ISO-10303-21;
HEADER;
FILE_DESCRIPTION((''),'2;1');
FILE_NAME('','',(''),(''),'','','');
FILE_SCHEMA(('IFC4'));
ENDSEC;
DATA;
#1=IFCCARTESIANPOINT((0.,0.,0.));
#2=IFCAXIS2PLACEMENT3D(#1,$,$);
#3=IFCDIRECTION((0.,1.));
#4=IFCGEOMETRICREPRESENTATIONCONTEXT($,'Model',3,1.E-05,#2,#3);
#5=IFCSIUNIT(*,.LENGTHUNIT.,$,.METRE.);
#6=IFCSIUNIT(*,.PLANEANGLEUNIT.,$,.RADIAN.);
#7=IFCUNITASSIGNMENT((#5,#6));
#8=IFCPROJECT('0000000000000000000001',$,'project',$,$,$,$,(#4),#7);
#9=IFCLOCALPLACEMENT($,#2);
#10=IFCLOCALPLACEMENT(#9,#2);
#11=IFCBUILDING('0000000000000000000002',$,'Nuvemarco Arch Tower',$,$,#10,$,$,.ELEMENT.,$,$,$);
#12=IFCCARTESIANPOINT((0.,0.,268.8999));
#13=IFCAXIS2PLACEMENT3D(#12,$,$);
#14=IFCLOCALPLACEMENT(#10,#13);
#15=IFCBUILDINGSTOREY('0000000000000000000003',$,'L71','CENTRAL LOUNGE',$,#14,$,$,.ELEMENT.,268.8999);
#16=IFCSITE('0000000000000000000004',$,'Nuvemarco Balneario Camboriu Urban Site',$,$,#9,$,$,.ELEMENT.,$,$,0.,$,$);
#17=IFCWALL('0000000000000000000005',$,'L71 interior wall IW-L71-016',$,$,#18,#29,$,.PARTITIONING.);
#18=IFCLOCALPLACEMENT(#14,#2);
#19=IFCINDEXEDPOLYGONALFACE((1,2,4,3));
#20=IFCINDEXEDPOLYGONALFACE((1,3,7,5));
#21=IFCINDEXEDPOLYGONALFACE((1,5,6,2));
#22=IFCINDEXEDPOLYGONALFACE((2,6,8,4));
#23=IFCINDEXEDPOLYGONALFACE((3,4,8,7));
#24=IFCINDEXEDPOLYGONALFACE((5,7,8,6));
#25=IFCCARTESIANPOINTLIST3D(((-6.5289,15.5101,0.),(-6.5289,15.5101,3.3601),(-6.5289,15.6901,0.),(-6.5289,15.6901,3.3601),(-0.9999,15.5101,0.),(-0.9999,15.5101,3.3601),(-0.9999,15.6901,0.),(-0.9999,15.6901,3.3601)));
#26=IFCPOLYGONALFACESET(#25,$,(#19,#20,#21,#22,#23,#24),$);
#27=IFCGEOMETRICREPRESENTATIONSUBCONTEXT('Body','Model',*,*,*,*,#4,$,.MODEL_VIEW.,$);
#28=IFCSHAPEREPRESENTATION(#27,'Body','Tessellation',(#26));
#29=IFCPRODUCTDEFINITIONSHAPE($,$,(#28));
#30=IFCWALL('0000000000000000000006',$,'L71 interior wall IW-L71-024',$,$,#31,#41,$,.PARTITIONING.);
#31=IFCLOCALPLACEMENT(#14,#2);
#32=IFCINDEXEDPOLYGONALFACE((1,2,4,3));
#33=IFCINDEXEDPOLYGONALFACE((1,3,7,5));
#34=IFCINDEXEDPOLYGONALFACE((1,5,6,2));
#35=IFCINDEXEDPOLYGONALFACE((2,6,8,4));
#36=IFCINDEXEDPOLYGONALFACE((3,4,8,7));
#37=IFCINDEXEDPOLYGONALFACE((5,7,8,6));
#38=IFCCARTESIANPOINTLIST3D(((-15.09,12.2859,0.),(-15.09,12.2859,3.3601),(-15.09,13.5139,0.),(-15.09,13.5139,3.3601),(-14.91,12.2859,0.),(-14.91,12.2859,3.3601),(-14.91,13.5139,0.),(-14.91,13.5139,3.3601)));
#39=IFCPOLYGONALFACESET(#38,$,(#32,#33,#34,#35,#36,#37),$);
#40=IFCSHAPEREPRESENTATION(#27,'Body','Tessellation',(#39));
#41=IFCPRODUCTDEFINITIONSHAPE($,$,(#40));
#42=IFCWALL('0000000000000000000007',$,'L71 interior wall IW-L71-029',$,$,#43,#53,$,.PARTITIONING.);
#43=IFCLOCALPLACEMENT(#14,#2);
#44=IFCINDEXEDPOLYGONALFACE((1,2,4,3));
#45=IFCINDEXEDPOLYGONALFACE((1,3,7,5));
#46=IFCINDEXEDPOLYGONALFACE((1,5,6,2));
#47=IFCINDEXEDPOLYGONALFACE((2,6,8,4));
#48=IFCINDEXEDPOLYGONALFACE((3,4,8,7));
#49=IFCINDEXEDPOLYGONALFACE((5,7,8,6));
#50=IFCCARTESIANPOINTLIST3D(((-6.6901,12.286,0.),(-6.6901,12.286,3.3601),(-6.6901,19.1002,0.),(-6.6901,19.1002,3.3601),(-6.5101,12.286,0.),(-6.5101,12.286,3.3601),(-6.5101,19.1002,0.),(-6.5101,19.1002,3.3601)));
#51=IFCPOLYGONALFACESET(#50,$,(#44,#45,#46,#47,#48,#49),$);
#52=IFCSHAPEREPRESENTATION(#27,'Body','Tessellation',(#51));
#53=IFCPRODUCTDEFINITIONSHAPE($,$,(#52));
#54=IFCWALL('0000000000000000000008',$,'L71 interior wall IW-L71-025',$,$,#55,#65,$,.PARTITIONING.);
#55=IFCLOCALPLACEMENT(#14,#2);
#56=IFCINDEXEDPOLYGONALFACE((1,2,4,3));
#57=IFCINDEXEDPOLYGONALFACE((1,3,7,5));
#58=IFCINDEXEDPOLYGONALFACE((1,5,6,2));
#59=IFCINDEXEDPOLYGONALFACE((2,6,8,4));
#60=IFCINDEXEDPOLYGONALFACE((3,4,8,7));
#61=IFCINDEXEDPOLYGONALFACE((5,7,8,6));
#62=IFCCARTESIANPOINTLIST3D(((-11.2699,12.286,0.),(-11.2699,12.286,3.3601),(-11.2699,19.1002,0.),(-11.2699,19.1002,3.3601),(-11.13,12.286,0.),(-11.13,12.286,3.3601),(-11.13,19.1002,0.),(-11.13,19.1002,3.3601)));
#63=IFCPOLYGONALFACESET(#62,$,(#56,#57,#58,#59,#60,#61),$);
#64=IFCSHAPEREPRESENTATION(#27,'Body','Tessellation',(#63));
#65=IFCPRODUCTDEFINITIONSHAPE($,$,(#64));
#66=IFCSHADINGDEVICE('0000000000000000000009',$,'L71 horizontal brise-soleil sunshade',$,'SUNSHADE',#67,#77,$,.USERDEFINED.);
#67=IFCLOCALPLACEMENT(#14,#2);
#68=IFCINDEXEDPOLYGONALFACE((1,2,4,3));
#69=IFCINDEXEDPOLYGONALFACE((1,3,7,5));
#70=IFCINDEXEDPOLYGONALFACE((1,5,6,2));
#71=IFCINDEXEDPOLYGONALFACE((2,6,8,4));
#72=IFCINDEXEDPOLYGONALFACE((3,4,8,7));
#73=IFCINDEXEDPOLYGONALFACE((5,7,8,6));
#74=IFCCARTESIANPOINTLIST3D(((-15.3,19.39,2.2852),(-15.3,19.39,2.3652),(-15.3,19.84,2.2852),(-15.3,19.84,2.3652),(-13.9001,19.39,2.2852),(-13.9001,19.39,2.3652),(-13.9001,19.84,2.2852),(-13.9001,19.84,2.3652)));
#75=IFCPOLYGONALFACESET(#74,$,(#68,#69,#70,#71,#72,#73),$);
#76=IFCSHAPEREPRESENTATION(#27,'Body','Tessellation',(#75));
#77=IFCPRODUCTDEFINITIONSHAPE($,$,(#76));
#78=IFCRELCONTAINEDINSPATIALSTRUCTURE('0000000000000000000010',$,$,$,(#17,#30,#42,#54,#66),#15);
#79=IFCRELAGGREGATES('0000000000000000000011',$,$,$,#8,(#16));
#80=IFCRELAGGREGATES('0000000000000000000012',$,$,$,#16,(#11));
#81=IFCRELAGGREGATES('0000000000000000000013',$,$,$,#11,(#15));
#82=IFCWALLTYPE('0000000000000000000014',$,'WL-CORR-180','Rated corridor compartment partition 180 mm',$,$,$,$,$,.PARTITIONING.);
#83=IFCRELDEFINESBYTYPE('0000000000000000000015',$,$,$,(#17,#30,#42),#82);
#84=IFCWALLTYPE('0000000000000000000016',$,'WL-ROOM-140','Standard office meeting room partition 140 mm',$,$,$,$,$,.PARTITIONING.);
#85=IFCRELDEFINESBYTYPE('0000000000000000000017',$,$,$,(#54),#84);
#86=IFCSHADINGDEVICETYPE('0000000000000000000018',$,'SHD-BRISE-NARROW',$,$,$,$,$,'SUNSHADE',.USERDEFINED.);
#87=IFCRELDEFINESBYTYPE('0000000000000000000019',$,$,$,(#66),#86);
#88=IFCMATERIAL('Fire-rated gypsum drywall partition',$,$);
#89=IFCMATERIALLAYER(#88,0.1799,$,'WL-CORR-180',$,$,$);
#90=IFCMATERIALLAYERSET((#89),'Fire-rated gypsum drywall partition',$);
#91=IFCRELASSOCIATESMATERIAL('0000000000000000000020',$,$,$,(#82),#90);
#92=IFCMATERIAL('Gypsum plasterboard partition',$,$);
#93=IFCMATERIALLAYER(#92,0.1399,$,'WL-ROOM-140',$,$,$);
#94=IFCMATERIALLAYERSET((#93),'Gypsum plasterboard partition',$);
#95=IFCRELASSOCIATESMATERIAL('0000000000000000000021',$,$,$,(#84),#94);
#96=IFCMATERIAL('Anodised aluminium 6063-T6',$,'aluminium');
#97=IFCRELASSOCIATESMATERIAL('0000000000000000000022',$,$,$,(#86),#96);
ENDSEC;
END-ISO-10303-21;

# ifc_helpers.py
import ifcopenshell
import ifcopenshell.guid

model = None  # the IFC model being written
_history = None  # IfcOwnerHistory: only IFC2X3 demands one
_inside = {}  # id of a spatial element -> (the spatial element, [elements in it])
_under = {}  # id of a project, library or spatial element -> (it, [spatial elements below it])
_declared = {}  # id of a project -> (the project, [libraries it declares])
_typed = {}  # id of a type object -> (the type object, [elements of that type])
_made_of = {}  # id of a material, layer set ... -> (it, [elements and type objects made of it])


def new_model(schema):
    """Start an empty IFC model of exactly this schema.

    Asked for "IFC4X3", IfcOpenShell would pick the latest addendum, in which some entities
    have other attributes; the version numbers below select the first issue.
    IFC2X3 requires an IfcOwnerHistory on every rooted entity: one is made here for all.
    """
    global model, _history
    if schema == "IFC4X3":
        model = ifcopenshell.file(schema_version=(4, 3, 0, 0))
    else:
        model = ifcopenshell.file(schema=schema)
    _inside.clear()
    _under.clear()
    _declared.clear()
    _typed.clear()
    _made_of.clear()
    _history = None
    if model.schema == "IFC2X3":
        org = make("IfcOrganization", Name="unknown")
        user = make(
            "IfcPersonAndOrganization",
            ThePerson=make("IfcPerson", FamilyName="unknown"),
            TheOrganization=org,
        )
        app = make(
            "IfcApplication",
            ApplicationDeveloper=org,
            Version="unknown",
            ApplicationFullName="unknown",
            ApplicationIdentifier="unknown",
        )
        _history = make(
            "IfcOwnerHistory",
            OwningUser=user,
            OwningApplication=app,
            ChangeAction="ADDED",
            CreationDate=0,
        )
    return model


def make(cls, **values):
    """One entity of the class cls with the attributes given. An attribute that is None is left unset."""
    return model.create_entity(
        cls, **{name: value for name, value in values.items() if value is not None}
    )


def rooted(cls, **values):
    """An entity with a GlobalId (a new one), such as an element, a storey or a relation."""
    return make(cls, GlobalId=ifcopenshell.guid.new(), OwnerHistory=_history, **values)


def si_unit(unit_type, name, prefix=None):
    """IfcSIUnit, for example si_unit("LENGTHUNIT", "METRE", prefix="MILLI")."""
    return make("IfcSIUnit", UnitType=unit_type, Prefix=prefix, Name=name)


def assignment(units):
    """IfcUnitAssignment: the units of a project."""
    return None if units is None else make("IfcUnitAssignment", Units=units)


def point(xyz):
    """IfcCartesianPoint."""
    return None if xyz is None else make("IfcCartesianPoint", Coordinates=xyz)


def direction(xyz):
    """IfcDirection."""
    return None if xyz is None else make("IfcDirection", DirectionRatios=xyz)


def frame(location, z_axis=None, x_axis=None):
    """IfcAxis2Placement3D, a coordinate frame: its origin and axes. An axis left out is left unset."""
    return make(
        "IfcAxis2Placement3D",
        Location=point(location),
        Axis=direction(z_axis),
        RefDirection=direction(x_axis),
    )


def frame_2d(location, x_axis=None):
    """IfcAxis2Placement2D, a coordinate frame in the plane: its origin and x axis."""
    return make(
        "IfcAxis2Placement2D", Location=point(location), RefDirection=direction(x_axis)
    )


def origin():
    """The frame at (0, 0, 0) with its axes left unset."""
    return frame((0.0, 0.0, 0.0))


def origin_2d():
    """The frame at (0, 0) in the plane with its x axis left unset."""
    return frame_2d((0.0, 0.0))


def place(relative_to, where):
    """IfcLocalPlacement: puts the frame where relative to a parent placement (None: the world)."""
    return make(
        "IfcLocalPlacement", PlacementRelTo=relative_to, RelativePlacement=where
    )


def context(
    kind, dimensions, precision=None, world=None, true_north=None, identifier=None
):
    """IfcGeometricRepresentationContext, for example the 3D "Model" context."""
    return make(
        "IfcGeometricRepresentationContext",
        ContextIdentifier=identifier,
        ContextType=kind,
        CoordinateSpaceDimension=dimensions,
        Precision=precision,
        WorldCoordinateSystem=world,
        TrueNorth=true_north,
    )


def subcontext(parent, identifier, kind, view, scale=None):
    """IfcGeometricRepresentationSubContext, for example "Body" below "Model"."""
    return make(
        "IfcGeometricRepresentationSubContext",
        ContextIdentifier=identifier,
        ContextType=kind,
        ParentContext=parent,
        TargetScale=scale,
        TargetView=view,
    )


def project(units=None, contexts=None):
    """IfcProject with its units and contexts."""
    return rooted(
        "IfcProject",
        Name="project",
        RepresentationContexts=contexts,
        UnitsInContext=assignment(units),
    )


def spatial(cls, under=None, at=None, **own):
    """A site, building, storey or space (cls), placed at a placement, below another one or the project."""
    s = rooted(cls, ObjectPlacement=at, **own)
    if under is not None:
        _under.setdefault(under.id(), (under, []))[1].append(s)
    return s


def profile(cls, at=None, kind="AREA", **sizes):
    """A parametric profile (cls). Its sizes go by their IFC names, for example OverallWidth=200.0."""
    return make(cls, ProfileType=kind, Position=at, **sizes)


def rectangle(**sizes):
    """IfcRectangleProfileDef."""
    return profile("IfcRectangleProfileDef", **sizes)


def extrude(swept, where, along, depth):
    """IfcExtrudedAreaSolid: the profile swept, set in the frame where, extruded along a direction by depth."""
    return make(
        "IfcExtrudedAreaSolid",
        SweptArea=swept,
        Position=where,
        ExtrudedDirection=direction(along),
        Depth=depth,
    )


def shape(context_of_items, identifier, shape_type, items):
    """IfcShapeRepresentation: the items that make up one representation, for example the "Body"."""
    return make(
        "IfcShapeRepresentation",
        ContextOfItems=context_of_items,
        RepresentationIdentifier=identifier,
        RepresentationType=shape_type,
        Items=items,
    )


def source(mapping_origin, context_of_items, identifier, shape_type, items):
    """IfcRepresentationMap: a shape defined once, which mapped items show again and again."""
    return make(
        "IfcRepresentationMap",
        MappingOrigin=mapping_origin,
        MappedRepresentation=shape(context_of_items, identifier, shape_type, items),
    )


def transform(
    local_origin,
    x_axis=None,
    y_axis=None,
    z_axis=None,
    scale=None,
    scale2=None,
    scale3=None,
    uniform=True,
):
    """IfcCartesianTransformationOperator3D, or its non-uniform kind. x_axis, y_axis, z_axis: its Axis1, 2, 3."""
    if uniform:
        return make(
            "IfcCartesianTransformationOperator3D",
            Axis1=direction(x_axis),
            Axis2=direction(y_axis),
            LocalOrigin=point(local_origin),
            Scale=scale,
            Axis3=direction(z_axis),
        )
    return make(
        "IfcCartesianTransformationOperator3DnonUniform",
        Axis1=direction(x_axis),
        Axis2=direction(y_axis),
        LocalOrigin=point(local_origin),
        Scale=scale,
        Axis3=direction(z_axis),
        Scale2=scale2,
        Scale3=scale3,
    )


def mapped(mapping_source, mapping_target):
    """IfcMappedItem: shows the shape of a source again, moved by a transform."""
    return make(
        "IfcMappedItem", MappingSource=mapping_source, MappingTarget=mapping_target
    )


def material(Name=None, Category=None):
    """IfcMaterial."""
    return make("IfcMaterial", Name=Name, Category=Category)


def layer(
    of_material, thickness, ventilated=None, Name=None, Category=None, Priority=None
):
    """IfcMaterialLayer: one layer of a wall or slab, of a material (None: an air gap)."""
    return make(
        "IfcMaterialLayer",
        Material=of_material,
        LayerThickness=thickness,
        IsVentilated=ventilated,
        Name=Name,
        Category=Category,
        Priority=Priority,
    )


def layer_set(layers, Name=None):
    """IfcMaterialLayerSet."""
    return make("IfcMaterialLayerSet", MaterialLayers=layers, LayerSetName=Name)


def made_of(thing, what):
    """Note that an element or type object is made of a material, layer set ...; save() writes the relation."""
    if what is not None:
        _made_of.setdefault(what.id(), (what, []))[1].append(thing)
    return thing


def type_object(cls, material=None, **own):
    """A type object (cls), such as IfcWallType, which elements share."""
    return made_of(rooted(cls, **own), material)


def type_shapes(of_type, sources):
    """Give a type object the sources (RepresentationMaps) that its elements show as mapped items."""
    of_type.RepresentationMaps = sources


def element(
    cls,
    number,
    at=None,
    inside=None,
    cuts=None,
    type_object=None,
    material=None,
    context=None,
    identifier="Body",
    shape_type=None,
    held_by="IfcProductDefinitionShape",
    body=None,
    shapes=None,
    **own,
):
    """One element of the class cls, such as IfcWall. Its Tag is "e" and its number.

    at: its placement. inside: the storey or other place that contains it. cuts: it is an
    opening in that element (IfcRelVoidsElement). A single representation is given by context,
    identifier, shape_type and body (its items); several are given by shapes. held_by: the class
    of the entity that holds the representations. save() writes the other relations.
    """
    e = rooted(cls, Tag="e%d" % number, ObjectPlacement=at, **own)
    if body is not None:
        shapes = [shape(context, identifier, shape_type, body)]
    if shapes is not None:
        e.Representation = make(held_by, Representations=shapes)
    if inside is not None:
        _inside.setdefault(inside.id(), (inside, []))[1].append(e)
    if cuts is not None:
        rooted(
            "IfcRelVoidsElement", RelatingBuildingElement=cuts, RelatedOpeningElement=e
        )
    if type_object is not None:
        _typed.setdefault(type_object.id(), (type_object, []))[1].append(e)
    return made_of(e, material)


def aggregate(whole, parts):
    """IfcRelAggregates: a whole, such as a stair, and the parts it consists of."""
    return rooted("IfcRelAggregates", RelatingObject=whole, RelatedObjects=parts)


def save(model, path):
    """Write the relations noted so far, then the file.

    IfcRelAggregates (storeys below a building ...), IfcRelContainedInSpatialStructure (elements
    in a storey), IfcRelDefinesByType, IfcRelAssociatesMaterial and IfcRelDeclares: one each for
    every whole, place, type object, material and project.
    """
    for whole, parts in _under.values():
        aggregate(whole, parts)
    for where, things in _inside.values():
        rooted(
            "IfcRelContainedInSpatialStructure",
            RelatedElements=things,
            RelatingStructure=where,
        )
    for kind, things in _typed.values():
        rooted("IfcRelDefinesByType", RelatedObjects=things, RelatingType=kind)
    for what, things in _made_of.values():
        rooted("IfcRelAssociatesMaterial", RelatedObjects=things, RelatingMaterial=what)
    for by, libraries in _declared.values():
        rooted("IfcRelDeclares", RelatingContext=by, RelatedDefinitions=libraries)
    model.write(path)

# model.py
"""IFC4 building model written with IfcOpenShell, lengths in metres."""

from ifc_helpers import new_model, si_unit, direction, frame, frame_2d, origin, origin_2d, place, context, subcontext, project, spatial, rectangle, extrude, source, transform, mapped, material, layer, layer_set, type_object, type_shapes, element, save


model = new_model("IFC4")

# Units and contexts
model_context = context("Model", 3, precision=1e-05, world=origin(), true_north=direction((0.0, 1.0)))
body_context = subcontext(model_context, "Body", "Model", "MODEL_VIEW")
ifc_project = project(units=[si_unit("LENGTHUNIT", "METRE"), si_unit("PLANEANGLEUNIT", "RADIAN")], contexts=[model_context])

# Site, building, storey
site_placement = place(None, origin())
site = spatial("IfcSite", under=ifc_project, at=site_placement, Name="Nuvemarco Balneario Camboriu Urban Site", CompositionType="ELEMENT", RefElevation=0.0)
building_placement = place(site_placement, origin())
building = spatial("IfcBuilding", under=site, at=building_placement, Name="Nuvemarco Arch Tower", CompositionType="ELEMENT")
storey_placement = place(building_placement, frame((0.0, 0.0, 268.8999)))
storey = spatial("IfcBuildingStorey", under=building, at=storey_placement, Name="L71", Description="CENTRAL LOUNGE", CompositionType="ELEMENT", Elevation=268.8999)

# Shared definitions
ifc_material_1 = material(Name="Fire-rated gypsum drywall partition")
ifc_layer_1 = layer(ifc_material_1, 0.1799, Name="WL-CORR-180")
ifc_layer_set_1 = layer_set([ifc_layer_1], Name="Fire-rated gypsum drywall partition")
wall_type_1 = type_object("IfcWallType", Name="WL-CORR-180", Description="Rated corridor compartment partition 180 mm", PredefinedType="PARTITIONING", material=ifc_layer_set_1)

# Walls
wall_1_placement = place(storey_placement, frame((-6.5291, 15.6001, 0.0), z_axis=(0.0, 0.0, 1.0), x_axis=(1.0, 0.0, 0.0)))
element("IfcWall", 1, at=wall_1_placement, inside=storey, type_object=wall_type_1, Name="L71 interior wall IW-L71-016", PredefinedType="PARTITIONING", context=body_context, shape_type="SweptSolid", body=[
    extrude(rectangle(XDim=5.5291, YDim=0.1799, at=frame_2d((2.7646, 0.0))), origin(), (0.0, 0.0, 1.0), 3.3601),
])
wall_2_placement = place(storey_placement, frame((-15.0, 12.2859, 0.0), z_axis=(0.0, 0.0, 1.0), x_axis=(0.0, 1.0, 0.0)))
element("IfcWall", 2, at=wall_2_placement, inside=storey, type_object=wall_type_1, Name="L71 interior wall IW-L71-024", PredefinedType="PARTITIONING", context=body_context, shape_type="SweptSolid", body=[
    extrude(rectangle(XDim=1.228, YDim=0.1799, at=frame_2d((0.614, 0.0))), origin(), (0.0, 0.0, 1.0), 3.3601),
])
wall_3_placement = place(storey_placement, frame((-6.6001, 12.2859, 0.0), z_axis=(0.0, 0.0, 1.0), x_axis=(0.0, 1.0, 0.0)))
element("IfcWall", 3, at=wall_3_placement, inside=storey, type_object=wall_type_1, Name="L71 interior wall IW-L71-029", PredefinedType="PARTITIONING", context=body_context, shape_type="SweptSolid", body=[
    extrude(rectangle(XDim=6.8142, YDim=0.1799, at=frame_2d((3.4072, 0.0))), origin(), (0.0, 0.0, 1.0), 3.3601),
])
ifc_material_2 = material(Name="Gypsum plasterboard partition")
ifc_layer_2 = layer(ifc_material_2, 0.1399, Name="WL-ROOM-140")
ifc_layer_set_2 = layer_set([ifc_layer_2], Name="Gypsum plasterboard partition")
wall_type_2 = type_object("IfcWallType", Name="WL-ROOM-140", Description="Standard office meeting room partition 140 mm", PredefinedType="PARTITIONING", material=ifc_layer_set_2)
wall_4_placement = place(storey_placement, frame((-11.2, 12.2859, 0.0), z_axis=(0.0, 0.0, 1.0), x_axis=(0.0, 1.0, 0.0)))
element("IfcWall", 4, at=wall_4_placement, inside=storey, type_object=wall_type_2, Name="L71 interior wall IW-L71-025", PredefinedType="PARTITIONING", context=body_context, shape_type="SweptSolid", body=[
    extrude(rectangle(XDim=6.8142, YDim=0.1399, at=frame_2d((3.4072, 0.0))), origin(), (0.0, 0.0, 1.0), 3.3601),
])

# Shading device
ifc_material_3 = material(Name="Anodised aluminium 6063-T6", Category="aluminium")
shading_device_type = type_object("IfcShadingDeviceType", Name="SHD-BRISE-NARROW", ElementType="SUNSHADE", PredefinedType="USERDEFINED", material=ifc_material_3)
shared_shape_1 = source(origin(), body_context, "Body", "SweptSolid", [
    extrude(rectangle(XDim=1.3999, YDim=0.45, at=origin_2d()), origin(), (0.0, 0.0, 1.0), 0.0801),
])
type_shapes(shading_device_type, [shared_shape_1])
shading_device_placement = place(storey_placement, frame((-14.6001, 19.615, 2.2852), z_axis=(0.0, 0.0, 1.0), x_axis=(1.0, 0.0, 0.0)))
element("IfcShadingDevice", 5, at=shading_device_placement, inside=storey, type_object=shading_device_type, Name="L71 horizontal brise-soleil sunshade", ObjectType="SUNSHADE", PredefinedType="USERDEFINED", context=body_context, shape_type="MappedRepresentation", body=[
    mapped(shared_shape_1, transform((0.0, 0.0, 0.0), scale=1.0)),
])

save(model, "model.ifc")
